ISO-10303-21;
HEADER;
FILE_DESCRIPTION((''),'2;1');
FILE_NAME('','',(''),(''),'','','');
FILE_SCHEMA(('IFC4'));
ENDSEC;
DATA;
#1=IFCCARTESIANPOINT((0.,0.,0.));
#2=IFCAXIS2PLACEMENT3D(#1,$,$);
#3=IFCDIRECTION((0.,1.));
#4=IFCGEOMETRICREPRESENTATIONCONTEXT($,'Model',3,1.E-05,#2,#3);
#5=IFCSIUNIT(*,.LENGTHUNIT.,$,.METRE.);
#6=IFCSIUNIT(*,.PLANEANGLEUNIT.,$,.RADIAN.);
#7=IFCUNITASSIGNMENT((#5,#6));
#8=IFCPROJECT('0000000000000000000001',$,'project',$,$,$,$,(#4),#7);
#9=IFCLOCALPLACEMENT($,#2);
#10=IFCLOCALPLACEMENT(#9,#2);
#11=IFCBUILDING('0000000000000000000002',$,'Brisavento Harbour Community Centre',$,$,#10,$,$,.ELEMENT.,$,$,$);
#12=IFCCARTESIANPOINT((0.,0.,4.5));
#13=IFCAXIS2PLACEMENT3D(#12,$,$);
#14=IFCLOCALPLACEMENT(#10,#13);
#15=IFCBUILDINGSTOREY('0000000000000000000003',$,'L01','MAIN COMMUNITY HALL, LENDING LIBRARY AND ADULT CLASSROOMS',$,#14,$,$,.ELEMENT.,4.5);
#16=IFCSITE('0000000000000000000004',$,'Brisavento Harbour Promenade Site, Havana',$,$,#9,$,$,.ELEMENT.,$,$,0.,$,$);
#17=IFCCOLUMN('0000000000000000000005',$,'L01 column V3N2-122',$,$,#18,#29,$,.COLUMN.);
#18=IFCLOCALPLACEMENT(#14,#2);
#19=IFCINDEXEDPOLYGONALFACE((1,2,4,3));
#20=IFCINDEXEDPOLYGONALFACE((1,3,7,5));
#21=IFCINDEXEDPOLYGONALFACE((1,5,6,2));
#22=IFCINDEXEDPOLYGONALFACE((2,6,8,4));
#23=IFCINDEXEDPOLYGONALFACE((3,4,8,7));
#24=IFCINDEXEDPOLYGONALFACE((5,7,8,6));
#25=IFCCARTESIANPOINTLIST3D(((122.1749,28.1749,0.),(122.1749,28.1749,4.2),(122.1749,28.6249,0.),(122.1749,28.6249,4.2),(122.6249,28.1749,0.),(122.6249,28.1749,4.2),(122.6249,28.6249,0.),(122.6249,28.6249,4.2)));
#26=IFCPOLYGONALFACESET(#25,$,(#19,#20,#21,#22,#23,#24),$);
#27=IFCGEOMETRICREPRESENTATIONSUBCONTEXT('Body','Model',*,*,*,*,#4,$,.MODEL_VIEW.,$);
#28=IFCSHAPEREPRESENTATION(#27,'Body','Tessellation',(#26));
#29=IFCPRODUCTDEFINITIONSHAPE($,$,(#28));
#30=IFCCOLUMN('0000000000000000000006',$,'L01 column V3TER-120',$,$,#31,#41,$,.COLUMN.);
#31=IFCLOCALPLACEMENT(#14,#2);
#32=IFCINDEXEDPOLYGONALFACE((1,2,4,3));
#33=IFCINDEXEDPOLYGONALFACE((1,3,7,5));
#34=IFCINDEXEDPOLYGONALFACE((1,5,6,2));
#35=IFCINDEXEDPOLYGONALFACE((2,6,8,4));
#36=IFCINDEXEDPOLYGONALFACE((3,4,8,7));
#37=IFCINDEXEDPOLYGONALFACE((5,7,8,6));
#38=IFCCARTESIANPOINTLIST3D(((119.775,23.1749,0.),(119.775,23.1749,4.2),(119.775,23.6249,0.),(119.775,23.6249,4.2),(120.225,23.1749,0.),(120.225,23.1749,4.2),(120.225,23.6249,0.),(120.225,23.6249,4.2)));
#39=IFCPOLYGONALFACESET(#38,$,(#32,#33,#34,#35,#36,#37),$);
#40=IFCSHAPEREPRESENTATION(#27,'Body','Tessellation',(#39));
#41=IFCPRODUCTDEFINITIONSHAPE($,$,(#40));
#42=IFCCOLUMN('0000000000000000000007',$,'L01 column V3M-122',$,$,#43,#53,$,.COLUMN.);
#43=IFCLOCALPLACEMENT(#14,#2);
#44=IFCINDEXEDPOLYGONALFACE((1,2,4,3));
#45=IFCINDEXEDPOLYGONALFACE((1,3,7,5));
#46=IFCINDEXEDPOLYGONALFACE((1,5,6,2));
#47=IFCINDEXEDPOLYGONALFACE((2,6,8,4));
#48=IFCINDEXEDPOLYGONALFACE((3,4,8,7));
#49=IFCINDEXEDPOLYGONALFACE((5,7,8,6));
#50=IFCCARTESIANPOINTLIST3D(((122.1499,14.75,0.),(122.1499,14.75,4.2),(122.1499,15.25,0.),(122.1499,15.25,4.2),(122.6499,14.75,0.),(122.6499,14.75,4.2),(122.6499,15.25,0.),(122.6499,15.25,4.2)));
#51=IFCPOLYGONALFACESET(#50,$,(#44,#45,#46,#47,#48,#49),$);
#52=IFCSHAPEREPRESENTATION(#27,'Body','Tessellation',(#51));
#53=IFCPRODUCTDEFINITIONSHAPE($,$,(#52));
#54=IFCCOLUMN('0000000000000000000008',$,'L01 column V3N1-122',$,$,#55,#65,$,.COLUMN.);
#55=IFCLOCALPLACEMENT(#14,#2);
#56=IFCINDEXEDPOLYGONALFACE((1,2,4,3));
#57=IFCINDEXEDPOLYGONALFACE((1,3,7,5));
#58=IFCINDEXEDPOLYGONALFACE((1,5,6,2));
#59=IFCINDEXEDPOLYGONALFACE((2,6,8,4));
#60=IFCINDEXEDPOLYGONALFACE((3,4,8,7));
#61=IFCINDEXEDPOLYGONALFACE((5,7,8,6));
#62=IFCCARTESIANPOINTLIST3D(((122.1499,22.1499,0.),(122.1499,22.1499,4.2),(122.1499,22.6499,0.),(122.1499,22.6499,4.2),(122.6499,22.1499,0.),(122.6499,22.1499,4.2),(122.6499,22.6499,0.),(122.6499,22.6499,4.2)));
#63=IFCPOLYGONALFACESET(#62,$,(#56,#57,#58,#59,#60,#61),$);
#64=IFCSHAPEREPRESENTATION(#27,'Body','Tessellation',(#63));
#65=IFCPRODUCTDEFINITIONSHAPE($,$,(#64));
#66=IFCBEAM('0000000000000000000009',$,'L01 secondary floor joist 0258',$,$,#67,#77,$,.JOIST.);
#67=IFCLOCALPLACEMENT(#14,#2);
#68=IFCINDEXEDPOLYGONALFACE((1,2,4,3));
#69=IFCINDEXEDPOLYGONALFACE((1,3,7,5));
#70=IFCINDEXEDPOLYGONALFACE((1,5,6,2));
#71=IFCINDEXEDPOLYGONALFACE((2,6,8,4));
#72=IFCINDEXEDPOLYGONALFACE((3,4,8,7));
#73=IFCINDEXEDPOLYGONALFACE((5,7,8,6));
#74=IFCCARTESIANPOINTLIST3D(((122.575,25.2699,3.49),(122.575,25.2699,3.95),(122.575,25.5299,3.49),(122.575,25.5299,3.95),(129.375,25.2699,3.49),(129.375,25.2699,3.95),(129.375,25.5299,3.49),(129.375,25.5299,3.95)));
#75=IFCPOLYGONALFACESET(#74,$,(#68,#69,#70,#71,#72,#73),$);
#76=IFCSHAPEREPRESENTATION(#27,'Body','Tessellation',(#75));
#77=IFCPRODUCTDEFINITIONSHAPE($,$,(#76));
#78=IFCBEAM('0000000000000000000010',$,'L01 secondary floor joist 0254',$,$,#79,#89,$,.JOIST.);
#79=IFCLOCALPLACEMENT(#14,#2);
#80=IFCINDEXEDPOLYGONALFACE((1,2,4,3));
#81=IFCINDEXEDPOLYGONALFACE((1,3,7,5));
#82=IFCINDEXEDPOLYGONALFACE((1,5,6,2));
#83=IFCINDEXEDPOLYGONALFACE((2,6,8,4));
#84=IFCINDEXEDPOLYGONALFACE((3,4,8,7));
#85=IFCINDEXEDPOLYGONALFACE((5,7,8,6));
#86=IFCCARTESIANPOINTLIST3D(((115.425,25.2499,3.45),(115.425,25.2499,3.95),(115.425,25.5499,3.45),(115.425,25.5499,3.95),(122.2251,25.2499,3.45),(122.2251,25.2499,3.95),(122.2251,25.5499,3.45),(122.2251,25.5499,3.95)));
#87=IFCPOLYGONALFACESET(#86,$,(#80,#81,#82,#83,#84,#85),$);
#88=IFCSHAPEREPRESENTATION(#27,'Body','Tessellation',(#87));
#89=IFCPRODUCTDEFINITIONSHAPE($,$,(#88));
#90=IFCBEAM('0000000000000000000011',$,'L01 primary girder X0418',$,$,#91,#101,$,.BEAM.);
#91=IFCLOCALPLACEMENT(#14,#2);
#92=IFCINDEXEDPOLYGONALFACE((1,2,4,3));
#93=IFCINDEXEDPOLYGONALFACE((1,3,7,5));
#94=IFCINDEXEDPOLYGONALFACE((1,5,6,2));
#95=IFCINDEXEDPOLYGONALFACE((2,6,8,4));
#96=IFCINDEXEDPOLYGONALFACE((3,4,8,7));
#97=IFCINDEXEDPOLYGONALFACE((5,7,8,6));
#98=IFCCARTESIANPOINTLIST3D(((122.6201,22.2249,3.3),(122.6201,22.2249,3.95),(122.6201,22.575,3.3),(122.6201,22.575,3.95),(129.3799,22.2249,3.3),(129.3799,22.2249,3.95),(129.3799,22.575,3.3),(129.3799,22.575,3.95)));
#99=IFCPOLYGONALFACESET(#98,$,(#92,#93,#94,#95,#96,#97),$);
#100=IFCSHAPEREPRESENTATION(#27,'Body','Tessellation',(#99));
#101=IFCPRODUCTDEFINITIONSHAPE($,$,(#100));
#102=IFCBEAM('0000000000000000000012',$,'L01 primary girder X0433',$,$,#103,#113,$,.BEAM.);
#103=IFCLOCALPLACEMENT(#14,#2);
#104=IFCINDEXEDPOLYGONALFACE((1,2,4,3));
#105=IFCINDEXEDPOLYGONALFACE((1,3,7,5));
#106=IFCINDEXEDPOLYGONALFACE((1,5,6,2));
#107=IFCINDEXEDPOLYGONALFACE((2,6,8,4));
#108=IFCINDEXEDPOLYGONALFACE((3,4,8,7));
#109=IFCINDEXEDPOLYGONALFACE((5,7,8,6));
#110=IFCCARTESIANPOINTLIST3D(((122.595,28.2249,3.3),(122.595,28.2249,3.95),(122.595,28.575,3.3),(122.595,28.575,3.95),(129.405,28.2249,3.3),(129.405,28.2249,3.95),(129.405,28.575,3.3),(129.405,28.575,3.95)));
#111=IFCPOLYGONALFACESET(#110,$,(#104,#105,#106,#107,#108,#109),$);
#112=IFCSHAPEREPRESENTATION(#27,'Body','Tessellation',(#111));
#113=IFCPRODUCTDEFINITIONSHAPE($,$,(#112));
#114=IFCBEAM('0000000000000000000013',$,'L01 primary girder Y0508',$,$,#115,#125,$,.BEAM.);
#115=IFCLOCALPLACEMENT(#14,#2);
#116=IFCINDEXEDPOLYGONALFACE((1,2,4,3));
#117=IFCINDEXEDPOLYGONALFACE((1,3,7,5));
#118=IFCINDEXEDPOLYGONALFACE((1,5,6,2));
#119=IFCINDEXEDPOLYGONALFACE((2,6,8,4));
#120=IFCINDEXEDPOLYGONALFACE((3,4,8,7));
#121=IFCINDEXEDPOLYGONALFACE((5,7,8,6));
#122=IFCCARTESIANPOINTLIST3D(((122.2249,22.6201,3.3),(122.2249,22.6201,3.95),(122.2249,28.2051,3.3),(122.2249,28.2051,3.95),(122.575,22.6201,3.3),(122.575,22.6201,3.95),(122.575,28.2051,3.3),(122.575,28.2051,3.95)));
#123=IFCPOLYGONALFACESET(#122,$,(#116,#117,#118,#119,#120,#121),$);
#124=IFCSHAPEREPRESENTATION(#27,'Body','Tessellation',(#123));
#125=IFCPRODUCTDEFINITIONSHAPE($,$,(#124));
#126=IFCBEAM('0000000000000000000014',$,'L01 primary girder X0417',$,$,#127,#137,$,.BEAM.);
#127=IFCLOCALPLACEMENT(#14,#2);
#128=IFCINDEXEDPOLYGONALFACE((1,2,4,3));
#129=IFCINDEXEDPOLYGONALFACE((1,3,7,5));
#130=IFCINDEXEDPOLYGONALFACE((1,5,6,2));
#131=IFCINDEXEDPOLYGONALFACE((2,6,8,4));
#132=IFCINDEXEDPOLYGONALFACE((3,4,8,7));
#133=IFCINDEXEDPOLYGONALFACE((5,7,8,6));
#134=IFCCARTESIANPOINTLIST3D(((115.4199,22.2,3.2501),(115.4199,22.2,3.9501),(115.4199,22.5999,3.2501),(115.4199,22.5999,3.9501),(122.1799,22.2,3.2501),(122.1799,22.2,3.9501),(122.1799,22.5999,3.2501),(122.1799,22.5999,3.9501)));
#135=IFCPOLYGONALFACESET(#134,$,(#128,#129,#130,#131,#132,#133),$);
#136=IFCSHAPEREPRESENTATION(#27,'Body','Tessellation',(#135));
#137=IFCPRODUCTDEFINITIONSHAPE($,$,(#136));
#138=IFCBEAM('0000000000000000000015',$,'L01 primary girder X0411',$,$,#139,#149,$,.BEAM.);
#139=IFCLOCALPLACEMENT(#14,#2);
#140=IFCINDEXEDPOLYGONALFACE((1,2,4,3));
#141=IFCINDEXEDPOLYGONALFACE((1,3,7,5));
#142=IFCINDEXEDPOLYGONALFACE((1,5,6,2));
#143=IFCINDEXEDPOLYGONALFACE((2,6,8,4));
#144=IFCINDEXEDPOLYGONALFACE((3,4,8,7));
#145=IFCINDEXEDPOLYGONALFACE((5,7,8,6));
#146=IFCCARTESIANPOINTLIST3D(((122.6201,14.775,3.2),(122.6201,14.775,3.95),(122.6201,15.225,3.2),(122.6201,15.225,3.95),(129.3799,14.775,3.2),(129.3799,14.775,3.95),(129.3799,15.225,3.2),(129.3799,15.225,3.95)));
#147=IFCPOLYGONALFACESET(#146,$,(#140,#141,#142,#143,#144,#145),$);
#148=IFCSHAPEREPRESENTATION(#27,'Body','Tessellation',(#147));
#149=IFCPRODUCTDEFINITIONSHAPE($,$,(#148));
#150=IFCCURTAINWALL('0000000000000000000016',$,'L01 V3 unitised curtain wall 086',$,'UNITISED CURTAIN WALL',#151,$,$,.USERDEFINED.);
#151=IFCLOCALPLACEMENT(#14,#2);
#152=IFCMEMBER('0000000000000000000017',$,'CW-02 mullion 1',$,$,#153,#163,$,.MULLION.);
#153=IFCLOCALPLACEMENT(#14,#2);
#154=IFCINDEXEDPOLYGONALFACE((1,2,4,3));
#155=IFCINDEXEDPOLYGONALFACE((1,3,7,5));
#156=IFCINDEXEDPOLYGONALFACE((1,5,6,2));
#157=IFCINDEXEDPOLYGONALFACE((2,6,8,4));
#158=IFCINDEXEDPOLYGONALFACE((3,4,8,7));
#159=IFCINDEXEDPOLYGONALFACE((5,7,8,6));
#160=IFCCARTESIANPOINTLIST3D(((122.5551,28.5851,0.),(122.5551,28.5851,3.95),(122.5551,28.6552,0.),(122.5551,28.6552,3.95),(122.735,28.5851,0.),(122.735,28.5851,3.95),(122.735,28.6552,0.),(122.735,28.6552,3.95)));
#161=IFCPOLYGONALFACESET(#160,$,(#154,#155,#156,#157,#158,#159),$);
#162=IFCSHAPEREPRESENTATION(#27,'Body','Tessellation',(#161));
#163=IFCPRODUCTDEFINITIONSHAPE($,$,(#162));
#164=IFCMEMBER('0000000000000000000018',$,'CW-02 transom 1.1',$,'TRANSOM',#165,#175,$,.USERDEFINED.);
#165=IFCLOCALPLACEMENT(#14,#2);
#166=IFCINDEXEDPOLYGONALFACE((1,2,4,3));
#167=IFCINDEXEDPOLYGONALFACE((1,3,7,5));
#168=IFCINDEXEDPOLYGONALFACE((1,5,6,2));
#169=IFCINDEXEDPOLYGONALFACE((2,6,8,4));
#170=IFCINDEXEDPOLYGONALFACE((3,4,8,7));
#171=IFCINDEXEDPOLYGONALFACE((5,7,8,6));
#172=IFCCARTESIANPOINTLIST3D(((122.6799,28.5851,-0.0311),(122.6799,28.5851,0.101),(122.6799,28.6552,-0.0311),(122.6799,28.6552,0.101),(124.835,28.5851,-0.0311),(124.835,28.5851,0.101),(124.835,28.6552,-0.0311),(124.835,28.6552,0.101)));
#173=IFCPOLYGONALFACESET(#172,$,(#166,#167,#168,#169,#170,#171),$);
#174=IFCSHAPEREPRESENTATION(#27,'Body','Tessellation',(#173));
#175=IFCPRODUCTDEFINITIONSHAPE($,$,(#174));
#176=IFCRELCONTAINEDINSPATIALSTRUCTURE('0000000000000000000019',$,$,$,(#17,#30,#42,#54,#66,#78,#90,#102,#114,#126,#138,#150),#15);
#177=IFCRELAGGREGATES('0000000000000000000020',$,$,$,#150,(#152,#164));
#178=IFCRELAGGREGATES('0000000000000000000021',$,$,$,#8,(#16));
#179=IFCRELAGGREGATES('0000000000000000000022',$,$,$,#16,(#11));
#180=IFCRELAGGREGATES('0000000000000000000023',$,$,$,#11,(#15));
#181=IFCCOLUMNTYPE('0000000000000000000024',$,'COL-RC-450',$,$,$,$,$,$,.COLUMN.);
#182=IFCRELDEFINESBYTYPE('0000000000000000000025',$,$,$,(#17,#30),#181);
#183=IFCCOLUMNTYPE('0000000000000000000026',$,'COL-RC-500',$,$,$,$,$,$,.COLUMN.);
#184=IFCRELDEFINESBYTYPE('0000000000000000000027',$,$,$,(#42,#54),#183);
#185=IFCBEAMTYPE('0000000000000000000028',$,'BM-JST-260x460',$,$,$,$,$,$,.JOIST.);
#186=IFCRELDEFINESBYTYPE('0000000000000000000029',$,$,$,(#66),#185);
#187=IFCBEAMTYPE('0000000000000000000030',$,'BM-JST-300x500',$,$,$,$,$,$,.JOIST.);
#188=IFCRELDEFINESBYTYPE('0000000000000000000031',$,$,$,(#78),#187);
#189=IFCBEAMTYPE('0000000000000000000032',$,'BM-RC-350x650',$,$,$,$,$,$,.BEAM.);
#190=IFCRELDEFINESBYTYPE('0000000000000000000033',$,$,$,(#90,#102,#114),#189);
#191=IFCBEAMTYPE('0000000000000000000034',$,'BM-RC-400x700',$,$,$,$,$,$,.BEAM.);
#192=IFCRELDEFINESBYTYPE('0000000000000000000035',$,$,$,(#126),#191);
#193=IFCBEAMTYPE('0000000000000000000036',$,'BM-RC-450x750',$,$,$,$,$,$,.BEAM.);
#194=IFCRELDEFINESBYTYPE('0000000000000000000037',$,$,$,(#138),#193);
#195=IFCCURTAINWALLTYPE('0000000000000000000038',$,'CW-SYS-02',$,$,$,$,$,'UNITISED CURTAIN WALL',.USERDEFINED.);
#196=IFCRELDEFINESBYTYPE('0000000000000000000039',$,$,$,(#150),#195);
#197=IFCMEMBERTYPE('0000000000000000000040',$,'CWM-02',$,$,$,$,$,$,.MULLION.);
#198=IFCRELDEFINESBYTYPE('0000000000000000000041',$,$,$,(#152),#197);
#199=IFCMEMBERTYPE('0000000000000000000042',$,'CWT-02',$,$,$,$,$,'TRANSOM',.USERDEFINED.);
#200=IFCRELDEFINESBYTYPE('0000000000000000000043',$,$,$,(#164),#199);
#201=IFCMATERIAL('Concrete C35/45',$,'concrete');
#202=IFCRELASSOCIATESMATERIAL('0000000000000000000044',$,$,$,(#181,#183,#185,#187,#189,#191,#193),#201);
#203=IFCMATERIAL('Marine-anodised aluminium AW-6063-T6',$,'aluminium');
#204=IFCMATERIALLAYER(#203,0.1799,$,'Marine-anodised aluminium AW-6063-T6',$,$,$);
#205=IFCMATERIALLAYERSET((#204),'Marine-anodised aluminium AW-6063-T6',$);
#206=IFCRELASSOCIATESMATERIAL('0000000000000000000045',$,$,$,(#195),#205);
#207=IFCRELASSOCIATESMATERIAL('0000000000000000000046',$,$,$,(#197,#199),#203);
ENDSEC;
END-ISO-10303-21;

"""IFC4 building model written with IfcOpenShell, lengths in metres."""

from ifc_helpers import new_model, si_unit, direction, frame, origin, origin_2d, place, context, subcontext, project, spatial, rectangle, extrude, material, layer, layer_set, material_profile, profile_set, type_object, element, aggregate, save


model = new_model("IFC4")

# Units and contexts
model_context = context("Model", 3, precision=1e-05, world=origin(), true_north=direction((0.0, 1.0)))
body_context = subcontext(model_context, "Body", "Model", "MODEL_VIEW")
ifc_project = project(units=[si_unit("LENGTHUNIT", "METRE"), si_unit("PLANEANGLEUNIT", "RADIAN")], contexts=[model_context])

# Site, building, storey
site_placement = place(None, origin())
site = spatial("IfcSite", under=ifc_project, at=site_placement, Name="Brisavento Harbour Promenade Site, Havana", CompositionType="ELEMENT", RefElevation=0.0)
building_placement = place(site_placement, origin())
building = spatial("IfcBuilding", under=site, at=building_placement, Name="Brisavento Harbour Community Centre", CompositionType="ELEMENT")
storey_placement = place(building_placement, frame((0.0, 0.0, 4.5)))
storey = spatial("IfcBuildingStorey", under=building, at=storey_placement, Name="L01", Description="MAIN COMMUNITY HALL, LENDING LIBRARY AND ADULT CLASSROOMS", CompositionType="ELEMENT", Elevation=4.5)

# Columns
ifc_material_1 = material(Name="Concrete C35/45", Category="concrete")
ifc_material_profile_1 = material_profile(ifc_material_1, rectangle(XDim=0.45, YDim=0.45, at=origin_2d()), Name="Concrete C35/45")
ifc_profile_set_1 = profile_set([ifc_material_profile_1], Name="Concrete C35/45")
column_type_1 = type_object("IfcColumnType", Name="COL-RC-450", PredefinedType="COLUMN", material=ifc_profile_set_1)
for number, where, z_axis, x_axis, name in (
    (1, (122.3999, 28.3999, 0.0), (0.0, 0.0, 1.0), (1.0, 0.0, 0.0), "L01 column V3N2-122"),
    (2, (120.0, 23.3999, 0.0), (0.0, 0.0, 1.0), (1.0, 0.0, 0.0), "L01 column V3TER-120"),
):
    element("IfcColumn", number, at=place(storey_placement, frame(where, z_axis=z_axis, x_axis=x_axis)), inside=storey, type_object=column_type_1, Name=name, PredefinedType="COLUMN", context=body_context, shape_type="SweptSolid", body=[
        extrude(rectangle(XDim=0.45, YDim=0.45, at=origin_2d()), origin(), (0.0, 0.0, 1.0), 4.2),
    ])
ifc_material_profile_2 = material_profile(ifc_material_1, rectangle(XDim=0.5, YDim=0.5, at=origin_2d()), Name="Concrete C35/45")
ifc_profile_set_2 = profile_set([ifc_material_profile_2], Name="Concrete C35/45")
column_type_2 = type_object("IfcColumnType", Name="COL-RC-500", PredefinedType="COLUMN", material=ifc_profile_set_2)
for number, where, z_axis, x_axis, name in (
    (3, (122.3999, 15.0, 0.0), (0.0, 0.0, 1.0), (1.0, 0.0, 0.0), "L01 column V3M-122"),
    (4, (122.3999, 22.3999, 0.0), (0.0, 0.0, 1.0), (1.0, 0.0, 0.0), "L01 column V3N1-122"),
):
    element("IfcColumn", number, at=place(storey_placement, frame(where, z_axis=z_axis, x_axis=x_axis)), inside=storey, type_object=column_type_2, Name=name, PredefinedType="COLUMN", context=body_context, shape_type="SweptSolid", body=[
        extrude(rectangle(XDim=0.5, YDim=0.5, at=origin_2d()), origin(), (0.0, 0.0, 1.0), 4.2),
    ])

# Beams
ifc_material_profile_3 = material_profile(ifc_material_1, rectangle(XDim=0.26, YDim=0.46, at=origin_2d()), Name="Concrete C35/45")
ifc_profile_set_3 = profile_set([ifc_material_profile_3], Name="Concrete C35/45")
beam_type_1 = type_object("IfcBeamType", Name="BM-JST-260x460", PredefinedType="JOIST", material=ifc_profile_set_3)
beam_1_placement = place(storey_placement, frame((122.575, 25.3999, 3.72), z_axis=(1.0, 0.0, 0.0), x_axis=(0.0, 1.0, 0.0)))
element("IfcBeam", 5, at=beam_1_placement, inside=storey, type_object=beam_type_1, Name="L01 secondary floor joist 0258", PredefinedType="JOIST", context=body_context, shape_type="SweptSolid", body=[
    extrude(rectangle(XDim=0.26, YDim=0.46, at=origin_2d()), origin(), (0.0, 0.0, 1.0), 6.8),
])
ifc_material_profile_4 = material_profile(ifc_material_1, rectangle(XDim=0.3, YDim=0.5, at=origin_2d()), Name="Concrete C35/45")
ifc_profile_set_4 = profile_set([ifc_material_profile_4], Name="Concrete C35/45")
beam_type_2 = type_object("IfcBeamType", Name="BM-JST-300x500", PredefinedType="JOIST", material=ifc_profile_set_4)
beam_2_placement = place(storey_placement, frame((115.425, 25.3999, 3.7), z_axis=(1.0, 0.0, 0.0), x_axis=(0.0, 1.0, 0.0)))
element("IfcBeam", 6, at=beam_2_placement, inside=storey, type_object=beam_type_2, Name="L01 secondary floor joist 0254", PredefinedType="JOIST", context=body_context, shape_type="SweptSolid", body=[
    extrude(rectangle(XDim=0.3, YDim=0.5, at=origin_2d()), origin(), (0.0, 0.0, 1.0), 6.8),
])
ifc_material_profile_5 = material_profile(ifc_material_1, rectangle(XDim=0.3501, YDim=0.6499, at=origin_2d()), Name="Concrete C35/45")
ifc_profile_set_5 = profile_set([ifc_material_profile_5], Name="Concrete C35/45")
beam_type_3 = type_object("IfcBeamType", Name="BM-RC-350x650", PredefinedType="BEAM", material=ifc_profile_set_5)
beam_3_placement = place(storey_placement, frame((122.6201, 22.3999, 3.625), z_axis=(1.0, 0.0, 0.0), x_axis=(0.0, 1.0, 0.0)))
element("IfcBeam", 7, at=beam_3_placement, inside=storey, type_object=beam_type_3, Name="L01 primary girder X0418", PredefinedType="BEAM", context=body_context, shape_type="SweptSolid", body=[
    extrude(rectangle(XDim=0.3501, YDim=0.6499, at=origin_2d()), origin(), (0.0, 0.0, 1.0), 6.7598),
])
beam_4_placement = place(storey_placement, frame((122.595, 28.3999, 3.625), z_axis=(1.0, 0.0, 0.0), x_axis=(0.0, 1.0, 0.0)))
element("IfcBeam", 8, at=beam_4_placement, inside=storey, type_object=beam_type_3, Name="L01 primary girder X0433", PredefinedType="BEAM", context=body_context, shape_type="SweptSolid", body=[
    extrude(rectangle(XDim=0.3501, YDim=0.6499, at=origin_2d()), origin(), (0.0, 0.0, 1.0), 6.8101),
])
beam_5_placement = place(storey_placement, frame((122.3999, 22.6201, 3.625), z_axis=(0.0, 1.0, 0.0), x_axis=(-1.0, 0.0, 0.0)))
element("IfcBeam", 9, at=beam_5_placement, inside=storey, type_object=beam_type_3, Name="L01 primary girder Y0508", PredefinedType="BEAM", context=body_context, shape_type="SweptSolid", body=[
    extrude(rectangle(XDim=0.3501, YDim=0.6499, at=origin_2d()), origin(), (0.0, 0.0, 1.0), 5.585),
])
ifc_material_profile_6 = material_profile(ifc_material_1, rectangle(XDim=0.3999, YDim=0.7, at=origin_2d()), Name="Concrete C35/45")
ifc_profile_set_6 = profile_set([ifc_material_profile_6], Name="Concrete C35/45")
beam_type_4 = type_object("IfcBeamType", Name="BM-RC-400x700", PredefinedType="BEAM", material=ifc_profile_set_6)
beam_6_placement = place(storey_placement, frame((115.4199, 22.3999, 3.6001), z_axis=(1.0, 0.0, 0.0), x_axis=(0.0, 1.0, 0.0)))
element("IfcBeam", 10, at=beam_6_placement, inside=storey, type_object=beam_type_4, Name="L01 primary girder X0417", PredefinedType="BEAM", context=body_context, shape_type="SweptSolid", body=[
    extrude(rectangle(XDim=0.3999, YDim=0.7, at=origin_2d()), origin(), (0.0, 0.0, 1.0), 6.76),
])
ifc_material_profile_7 = material_profile(ifc_material_1, rectangle(XDim=0.45, YDim=0.75, at=origin_2d()), Name="Concrete C35/45")
ifc_profile_set_7 = profile_set([ifc_material_profile_7], Name="Concrete C35/45")
beam_type_5 = type_object("IfcBeamType", Name="BM-RC-450x750", PredefinedType="BEAM", material=ifc_profile_set_7)
beam_7_placement = place(storey_placement, frame((122.6201, 15.0, 3.575), z_axis=(1.0, 0.0, 0.0), x_axis=(0.0, 1.0, 0.0)))
element("IfcBeam", 11, at=beam_7_placement, inside=storey, type_object=beam_type_5, Name="L01 primary girder X0411", PredefinedType="BEAM", context=body_context, shape_type="SweptSolid", body=[
    extrude(rectangle(XDim=0.45, YDim=0.75, at=origin_2d()), origin(), (0.0, 0.0, 1.0), 6.7598),
])

# Curtain wall, members
ifc_material_2 = material(Name="Marine-anodised aluminium AW-6063-T6", Category="aluminium")
ifc_layer_1 = layer(ifc_material_2, 0.1799, Name="Marine-anodised aluminium AW-6063-T6")
ifc_layer_set_1 = layer_set([ifc_layer_1], Name="Marine-anodised aluminium AW-6063-T6")
curtain_wall_type = type_object("IfcCurtainWallType", Name="CW-SYS-02", ElementType="UNITISED CURTAIN WALL", PredefinedType="USERDEFINED", material=ifc_layer_set_1)
curtain_wall_placement = place(storey_placement, origin())
curtain_wall = element("IfcCurtainWall", 12, at=curtain_wall_placement, inside=storey, type_object=curtain_wall_type, Name="L01 V3 unitised curtain wall 086", ObjectType="UNITISED CURTAIN WALL", PredefinedType="USERDEFINED")
ifc_material_profile_8 = material_profile(ifc_material_2, rectangle(XDim=0.0701, YDim=0.1799, at=origin_2d()), Name="Marine-anodised aluminium AW-6063-T6")
ifc_profile_set_8 = profile_set([ifc_material_profile_8], Name="Marine-anodised aluminium AW-6063-T6")
member_type_1 = type_object("IfcMemberType", Name="CWM-02", PredefinedType="MULLION", material=ifc_profile_set_8)
member_1_placement = place(storey_placement, frame((122.645, 28.6201, 0.0), z_axis=(0.0, 0.0, 1.0), x_axis=(0.0, 1.0, 0.0)))
member_1 = element("IfcMember", 13, at=member_1_placement, type_object=member_type_1, Name="CW-02 mullion 1", PredefinedType="MULLION", context=body_context, shape_type="SweptSolid", body=[
    extrude(rectangle(XDim=0.0701, YDim=0.1799, at=origin_2d()), origin(), (0.0, 0.0, 1.0), 3.95),
])
ifc_material_profile_9 = material_profile(ifc_material_2, rectangle(XDim=0.0701, YDim=0.1321, at=origin_2d()), Name="Marine-anodised aluminium AW-6063-T6")
ifc_profile_set_9 = profile_set([ifc_material_profile_9], Name="Marine-anodised aluminium AW-6063-T6")
member_type_2 = type_object("IfcMemberType", Name="CWT-02", ElementType="TRANSOM", PredefinedType="USERDEFINED", material=ifc_profile_set_9)
member_2_placement = place(storey_placement, frame((122.6799, 28.6201, 0.0349), z_axis=(1.0, 0.0, 0.0), x_axis=(0.0, 1.0, 0.0)))
member_2 = element("IfcMember", 14, at=member_2_placement, type_object=member_type_2, Name="CW-02 transom 1.1", ObjectType="TRANSOM", PredefinedType="USERDEFINED", context=body_context, shape_type="SweptSolid", body=[
    extrude(rectangle(XDim=0.0701, YDim=0.1321, at=origin_2d()), origin(), (0.0, 0.0, 1.0), 2.155),
])
aggregate(curtain_wall, [member_1, member_2])

save(model, "model.ifc")
